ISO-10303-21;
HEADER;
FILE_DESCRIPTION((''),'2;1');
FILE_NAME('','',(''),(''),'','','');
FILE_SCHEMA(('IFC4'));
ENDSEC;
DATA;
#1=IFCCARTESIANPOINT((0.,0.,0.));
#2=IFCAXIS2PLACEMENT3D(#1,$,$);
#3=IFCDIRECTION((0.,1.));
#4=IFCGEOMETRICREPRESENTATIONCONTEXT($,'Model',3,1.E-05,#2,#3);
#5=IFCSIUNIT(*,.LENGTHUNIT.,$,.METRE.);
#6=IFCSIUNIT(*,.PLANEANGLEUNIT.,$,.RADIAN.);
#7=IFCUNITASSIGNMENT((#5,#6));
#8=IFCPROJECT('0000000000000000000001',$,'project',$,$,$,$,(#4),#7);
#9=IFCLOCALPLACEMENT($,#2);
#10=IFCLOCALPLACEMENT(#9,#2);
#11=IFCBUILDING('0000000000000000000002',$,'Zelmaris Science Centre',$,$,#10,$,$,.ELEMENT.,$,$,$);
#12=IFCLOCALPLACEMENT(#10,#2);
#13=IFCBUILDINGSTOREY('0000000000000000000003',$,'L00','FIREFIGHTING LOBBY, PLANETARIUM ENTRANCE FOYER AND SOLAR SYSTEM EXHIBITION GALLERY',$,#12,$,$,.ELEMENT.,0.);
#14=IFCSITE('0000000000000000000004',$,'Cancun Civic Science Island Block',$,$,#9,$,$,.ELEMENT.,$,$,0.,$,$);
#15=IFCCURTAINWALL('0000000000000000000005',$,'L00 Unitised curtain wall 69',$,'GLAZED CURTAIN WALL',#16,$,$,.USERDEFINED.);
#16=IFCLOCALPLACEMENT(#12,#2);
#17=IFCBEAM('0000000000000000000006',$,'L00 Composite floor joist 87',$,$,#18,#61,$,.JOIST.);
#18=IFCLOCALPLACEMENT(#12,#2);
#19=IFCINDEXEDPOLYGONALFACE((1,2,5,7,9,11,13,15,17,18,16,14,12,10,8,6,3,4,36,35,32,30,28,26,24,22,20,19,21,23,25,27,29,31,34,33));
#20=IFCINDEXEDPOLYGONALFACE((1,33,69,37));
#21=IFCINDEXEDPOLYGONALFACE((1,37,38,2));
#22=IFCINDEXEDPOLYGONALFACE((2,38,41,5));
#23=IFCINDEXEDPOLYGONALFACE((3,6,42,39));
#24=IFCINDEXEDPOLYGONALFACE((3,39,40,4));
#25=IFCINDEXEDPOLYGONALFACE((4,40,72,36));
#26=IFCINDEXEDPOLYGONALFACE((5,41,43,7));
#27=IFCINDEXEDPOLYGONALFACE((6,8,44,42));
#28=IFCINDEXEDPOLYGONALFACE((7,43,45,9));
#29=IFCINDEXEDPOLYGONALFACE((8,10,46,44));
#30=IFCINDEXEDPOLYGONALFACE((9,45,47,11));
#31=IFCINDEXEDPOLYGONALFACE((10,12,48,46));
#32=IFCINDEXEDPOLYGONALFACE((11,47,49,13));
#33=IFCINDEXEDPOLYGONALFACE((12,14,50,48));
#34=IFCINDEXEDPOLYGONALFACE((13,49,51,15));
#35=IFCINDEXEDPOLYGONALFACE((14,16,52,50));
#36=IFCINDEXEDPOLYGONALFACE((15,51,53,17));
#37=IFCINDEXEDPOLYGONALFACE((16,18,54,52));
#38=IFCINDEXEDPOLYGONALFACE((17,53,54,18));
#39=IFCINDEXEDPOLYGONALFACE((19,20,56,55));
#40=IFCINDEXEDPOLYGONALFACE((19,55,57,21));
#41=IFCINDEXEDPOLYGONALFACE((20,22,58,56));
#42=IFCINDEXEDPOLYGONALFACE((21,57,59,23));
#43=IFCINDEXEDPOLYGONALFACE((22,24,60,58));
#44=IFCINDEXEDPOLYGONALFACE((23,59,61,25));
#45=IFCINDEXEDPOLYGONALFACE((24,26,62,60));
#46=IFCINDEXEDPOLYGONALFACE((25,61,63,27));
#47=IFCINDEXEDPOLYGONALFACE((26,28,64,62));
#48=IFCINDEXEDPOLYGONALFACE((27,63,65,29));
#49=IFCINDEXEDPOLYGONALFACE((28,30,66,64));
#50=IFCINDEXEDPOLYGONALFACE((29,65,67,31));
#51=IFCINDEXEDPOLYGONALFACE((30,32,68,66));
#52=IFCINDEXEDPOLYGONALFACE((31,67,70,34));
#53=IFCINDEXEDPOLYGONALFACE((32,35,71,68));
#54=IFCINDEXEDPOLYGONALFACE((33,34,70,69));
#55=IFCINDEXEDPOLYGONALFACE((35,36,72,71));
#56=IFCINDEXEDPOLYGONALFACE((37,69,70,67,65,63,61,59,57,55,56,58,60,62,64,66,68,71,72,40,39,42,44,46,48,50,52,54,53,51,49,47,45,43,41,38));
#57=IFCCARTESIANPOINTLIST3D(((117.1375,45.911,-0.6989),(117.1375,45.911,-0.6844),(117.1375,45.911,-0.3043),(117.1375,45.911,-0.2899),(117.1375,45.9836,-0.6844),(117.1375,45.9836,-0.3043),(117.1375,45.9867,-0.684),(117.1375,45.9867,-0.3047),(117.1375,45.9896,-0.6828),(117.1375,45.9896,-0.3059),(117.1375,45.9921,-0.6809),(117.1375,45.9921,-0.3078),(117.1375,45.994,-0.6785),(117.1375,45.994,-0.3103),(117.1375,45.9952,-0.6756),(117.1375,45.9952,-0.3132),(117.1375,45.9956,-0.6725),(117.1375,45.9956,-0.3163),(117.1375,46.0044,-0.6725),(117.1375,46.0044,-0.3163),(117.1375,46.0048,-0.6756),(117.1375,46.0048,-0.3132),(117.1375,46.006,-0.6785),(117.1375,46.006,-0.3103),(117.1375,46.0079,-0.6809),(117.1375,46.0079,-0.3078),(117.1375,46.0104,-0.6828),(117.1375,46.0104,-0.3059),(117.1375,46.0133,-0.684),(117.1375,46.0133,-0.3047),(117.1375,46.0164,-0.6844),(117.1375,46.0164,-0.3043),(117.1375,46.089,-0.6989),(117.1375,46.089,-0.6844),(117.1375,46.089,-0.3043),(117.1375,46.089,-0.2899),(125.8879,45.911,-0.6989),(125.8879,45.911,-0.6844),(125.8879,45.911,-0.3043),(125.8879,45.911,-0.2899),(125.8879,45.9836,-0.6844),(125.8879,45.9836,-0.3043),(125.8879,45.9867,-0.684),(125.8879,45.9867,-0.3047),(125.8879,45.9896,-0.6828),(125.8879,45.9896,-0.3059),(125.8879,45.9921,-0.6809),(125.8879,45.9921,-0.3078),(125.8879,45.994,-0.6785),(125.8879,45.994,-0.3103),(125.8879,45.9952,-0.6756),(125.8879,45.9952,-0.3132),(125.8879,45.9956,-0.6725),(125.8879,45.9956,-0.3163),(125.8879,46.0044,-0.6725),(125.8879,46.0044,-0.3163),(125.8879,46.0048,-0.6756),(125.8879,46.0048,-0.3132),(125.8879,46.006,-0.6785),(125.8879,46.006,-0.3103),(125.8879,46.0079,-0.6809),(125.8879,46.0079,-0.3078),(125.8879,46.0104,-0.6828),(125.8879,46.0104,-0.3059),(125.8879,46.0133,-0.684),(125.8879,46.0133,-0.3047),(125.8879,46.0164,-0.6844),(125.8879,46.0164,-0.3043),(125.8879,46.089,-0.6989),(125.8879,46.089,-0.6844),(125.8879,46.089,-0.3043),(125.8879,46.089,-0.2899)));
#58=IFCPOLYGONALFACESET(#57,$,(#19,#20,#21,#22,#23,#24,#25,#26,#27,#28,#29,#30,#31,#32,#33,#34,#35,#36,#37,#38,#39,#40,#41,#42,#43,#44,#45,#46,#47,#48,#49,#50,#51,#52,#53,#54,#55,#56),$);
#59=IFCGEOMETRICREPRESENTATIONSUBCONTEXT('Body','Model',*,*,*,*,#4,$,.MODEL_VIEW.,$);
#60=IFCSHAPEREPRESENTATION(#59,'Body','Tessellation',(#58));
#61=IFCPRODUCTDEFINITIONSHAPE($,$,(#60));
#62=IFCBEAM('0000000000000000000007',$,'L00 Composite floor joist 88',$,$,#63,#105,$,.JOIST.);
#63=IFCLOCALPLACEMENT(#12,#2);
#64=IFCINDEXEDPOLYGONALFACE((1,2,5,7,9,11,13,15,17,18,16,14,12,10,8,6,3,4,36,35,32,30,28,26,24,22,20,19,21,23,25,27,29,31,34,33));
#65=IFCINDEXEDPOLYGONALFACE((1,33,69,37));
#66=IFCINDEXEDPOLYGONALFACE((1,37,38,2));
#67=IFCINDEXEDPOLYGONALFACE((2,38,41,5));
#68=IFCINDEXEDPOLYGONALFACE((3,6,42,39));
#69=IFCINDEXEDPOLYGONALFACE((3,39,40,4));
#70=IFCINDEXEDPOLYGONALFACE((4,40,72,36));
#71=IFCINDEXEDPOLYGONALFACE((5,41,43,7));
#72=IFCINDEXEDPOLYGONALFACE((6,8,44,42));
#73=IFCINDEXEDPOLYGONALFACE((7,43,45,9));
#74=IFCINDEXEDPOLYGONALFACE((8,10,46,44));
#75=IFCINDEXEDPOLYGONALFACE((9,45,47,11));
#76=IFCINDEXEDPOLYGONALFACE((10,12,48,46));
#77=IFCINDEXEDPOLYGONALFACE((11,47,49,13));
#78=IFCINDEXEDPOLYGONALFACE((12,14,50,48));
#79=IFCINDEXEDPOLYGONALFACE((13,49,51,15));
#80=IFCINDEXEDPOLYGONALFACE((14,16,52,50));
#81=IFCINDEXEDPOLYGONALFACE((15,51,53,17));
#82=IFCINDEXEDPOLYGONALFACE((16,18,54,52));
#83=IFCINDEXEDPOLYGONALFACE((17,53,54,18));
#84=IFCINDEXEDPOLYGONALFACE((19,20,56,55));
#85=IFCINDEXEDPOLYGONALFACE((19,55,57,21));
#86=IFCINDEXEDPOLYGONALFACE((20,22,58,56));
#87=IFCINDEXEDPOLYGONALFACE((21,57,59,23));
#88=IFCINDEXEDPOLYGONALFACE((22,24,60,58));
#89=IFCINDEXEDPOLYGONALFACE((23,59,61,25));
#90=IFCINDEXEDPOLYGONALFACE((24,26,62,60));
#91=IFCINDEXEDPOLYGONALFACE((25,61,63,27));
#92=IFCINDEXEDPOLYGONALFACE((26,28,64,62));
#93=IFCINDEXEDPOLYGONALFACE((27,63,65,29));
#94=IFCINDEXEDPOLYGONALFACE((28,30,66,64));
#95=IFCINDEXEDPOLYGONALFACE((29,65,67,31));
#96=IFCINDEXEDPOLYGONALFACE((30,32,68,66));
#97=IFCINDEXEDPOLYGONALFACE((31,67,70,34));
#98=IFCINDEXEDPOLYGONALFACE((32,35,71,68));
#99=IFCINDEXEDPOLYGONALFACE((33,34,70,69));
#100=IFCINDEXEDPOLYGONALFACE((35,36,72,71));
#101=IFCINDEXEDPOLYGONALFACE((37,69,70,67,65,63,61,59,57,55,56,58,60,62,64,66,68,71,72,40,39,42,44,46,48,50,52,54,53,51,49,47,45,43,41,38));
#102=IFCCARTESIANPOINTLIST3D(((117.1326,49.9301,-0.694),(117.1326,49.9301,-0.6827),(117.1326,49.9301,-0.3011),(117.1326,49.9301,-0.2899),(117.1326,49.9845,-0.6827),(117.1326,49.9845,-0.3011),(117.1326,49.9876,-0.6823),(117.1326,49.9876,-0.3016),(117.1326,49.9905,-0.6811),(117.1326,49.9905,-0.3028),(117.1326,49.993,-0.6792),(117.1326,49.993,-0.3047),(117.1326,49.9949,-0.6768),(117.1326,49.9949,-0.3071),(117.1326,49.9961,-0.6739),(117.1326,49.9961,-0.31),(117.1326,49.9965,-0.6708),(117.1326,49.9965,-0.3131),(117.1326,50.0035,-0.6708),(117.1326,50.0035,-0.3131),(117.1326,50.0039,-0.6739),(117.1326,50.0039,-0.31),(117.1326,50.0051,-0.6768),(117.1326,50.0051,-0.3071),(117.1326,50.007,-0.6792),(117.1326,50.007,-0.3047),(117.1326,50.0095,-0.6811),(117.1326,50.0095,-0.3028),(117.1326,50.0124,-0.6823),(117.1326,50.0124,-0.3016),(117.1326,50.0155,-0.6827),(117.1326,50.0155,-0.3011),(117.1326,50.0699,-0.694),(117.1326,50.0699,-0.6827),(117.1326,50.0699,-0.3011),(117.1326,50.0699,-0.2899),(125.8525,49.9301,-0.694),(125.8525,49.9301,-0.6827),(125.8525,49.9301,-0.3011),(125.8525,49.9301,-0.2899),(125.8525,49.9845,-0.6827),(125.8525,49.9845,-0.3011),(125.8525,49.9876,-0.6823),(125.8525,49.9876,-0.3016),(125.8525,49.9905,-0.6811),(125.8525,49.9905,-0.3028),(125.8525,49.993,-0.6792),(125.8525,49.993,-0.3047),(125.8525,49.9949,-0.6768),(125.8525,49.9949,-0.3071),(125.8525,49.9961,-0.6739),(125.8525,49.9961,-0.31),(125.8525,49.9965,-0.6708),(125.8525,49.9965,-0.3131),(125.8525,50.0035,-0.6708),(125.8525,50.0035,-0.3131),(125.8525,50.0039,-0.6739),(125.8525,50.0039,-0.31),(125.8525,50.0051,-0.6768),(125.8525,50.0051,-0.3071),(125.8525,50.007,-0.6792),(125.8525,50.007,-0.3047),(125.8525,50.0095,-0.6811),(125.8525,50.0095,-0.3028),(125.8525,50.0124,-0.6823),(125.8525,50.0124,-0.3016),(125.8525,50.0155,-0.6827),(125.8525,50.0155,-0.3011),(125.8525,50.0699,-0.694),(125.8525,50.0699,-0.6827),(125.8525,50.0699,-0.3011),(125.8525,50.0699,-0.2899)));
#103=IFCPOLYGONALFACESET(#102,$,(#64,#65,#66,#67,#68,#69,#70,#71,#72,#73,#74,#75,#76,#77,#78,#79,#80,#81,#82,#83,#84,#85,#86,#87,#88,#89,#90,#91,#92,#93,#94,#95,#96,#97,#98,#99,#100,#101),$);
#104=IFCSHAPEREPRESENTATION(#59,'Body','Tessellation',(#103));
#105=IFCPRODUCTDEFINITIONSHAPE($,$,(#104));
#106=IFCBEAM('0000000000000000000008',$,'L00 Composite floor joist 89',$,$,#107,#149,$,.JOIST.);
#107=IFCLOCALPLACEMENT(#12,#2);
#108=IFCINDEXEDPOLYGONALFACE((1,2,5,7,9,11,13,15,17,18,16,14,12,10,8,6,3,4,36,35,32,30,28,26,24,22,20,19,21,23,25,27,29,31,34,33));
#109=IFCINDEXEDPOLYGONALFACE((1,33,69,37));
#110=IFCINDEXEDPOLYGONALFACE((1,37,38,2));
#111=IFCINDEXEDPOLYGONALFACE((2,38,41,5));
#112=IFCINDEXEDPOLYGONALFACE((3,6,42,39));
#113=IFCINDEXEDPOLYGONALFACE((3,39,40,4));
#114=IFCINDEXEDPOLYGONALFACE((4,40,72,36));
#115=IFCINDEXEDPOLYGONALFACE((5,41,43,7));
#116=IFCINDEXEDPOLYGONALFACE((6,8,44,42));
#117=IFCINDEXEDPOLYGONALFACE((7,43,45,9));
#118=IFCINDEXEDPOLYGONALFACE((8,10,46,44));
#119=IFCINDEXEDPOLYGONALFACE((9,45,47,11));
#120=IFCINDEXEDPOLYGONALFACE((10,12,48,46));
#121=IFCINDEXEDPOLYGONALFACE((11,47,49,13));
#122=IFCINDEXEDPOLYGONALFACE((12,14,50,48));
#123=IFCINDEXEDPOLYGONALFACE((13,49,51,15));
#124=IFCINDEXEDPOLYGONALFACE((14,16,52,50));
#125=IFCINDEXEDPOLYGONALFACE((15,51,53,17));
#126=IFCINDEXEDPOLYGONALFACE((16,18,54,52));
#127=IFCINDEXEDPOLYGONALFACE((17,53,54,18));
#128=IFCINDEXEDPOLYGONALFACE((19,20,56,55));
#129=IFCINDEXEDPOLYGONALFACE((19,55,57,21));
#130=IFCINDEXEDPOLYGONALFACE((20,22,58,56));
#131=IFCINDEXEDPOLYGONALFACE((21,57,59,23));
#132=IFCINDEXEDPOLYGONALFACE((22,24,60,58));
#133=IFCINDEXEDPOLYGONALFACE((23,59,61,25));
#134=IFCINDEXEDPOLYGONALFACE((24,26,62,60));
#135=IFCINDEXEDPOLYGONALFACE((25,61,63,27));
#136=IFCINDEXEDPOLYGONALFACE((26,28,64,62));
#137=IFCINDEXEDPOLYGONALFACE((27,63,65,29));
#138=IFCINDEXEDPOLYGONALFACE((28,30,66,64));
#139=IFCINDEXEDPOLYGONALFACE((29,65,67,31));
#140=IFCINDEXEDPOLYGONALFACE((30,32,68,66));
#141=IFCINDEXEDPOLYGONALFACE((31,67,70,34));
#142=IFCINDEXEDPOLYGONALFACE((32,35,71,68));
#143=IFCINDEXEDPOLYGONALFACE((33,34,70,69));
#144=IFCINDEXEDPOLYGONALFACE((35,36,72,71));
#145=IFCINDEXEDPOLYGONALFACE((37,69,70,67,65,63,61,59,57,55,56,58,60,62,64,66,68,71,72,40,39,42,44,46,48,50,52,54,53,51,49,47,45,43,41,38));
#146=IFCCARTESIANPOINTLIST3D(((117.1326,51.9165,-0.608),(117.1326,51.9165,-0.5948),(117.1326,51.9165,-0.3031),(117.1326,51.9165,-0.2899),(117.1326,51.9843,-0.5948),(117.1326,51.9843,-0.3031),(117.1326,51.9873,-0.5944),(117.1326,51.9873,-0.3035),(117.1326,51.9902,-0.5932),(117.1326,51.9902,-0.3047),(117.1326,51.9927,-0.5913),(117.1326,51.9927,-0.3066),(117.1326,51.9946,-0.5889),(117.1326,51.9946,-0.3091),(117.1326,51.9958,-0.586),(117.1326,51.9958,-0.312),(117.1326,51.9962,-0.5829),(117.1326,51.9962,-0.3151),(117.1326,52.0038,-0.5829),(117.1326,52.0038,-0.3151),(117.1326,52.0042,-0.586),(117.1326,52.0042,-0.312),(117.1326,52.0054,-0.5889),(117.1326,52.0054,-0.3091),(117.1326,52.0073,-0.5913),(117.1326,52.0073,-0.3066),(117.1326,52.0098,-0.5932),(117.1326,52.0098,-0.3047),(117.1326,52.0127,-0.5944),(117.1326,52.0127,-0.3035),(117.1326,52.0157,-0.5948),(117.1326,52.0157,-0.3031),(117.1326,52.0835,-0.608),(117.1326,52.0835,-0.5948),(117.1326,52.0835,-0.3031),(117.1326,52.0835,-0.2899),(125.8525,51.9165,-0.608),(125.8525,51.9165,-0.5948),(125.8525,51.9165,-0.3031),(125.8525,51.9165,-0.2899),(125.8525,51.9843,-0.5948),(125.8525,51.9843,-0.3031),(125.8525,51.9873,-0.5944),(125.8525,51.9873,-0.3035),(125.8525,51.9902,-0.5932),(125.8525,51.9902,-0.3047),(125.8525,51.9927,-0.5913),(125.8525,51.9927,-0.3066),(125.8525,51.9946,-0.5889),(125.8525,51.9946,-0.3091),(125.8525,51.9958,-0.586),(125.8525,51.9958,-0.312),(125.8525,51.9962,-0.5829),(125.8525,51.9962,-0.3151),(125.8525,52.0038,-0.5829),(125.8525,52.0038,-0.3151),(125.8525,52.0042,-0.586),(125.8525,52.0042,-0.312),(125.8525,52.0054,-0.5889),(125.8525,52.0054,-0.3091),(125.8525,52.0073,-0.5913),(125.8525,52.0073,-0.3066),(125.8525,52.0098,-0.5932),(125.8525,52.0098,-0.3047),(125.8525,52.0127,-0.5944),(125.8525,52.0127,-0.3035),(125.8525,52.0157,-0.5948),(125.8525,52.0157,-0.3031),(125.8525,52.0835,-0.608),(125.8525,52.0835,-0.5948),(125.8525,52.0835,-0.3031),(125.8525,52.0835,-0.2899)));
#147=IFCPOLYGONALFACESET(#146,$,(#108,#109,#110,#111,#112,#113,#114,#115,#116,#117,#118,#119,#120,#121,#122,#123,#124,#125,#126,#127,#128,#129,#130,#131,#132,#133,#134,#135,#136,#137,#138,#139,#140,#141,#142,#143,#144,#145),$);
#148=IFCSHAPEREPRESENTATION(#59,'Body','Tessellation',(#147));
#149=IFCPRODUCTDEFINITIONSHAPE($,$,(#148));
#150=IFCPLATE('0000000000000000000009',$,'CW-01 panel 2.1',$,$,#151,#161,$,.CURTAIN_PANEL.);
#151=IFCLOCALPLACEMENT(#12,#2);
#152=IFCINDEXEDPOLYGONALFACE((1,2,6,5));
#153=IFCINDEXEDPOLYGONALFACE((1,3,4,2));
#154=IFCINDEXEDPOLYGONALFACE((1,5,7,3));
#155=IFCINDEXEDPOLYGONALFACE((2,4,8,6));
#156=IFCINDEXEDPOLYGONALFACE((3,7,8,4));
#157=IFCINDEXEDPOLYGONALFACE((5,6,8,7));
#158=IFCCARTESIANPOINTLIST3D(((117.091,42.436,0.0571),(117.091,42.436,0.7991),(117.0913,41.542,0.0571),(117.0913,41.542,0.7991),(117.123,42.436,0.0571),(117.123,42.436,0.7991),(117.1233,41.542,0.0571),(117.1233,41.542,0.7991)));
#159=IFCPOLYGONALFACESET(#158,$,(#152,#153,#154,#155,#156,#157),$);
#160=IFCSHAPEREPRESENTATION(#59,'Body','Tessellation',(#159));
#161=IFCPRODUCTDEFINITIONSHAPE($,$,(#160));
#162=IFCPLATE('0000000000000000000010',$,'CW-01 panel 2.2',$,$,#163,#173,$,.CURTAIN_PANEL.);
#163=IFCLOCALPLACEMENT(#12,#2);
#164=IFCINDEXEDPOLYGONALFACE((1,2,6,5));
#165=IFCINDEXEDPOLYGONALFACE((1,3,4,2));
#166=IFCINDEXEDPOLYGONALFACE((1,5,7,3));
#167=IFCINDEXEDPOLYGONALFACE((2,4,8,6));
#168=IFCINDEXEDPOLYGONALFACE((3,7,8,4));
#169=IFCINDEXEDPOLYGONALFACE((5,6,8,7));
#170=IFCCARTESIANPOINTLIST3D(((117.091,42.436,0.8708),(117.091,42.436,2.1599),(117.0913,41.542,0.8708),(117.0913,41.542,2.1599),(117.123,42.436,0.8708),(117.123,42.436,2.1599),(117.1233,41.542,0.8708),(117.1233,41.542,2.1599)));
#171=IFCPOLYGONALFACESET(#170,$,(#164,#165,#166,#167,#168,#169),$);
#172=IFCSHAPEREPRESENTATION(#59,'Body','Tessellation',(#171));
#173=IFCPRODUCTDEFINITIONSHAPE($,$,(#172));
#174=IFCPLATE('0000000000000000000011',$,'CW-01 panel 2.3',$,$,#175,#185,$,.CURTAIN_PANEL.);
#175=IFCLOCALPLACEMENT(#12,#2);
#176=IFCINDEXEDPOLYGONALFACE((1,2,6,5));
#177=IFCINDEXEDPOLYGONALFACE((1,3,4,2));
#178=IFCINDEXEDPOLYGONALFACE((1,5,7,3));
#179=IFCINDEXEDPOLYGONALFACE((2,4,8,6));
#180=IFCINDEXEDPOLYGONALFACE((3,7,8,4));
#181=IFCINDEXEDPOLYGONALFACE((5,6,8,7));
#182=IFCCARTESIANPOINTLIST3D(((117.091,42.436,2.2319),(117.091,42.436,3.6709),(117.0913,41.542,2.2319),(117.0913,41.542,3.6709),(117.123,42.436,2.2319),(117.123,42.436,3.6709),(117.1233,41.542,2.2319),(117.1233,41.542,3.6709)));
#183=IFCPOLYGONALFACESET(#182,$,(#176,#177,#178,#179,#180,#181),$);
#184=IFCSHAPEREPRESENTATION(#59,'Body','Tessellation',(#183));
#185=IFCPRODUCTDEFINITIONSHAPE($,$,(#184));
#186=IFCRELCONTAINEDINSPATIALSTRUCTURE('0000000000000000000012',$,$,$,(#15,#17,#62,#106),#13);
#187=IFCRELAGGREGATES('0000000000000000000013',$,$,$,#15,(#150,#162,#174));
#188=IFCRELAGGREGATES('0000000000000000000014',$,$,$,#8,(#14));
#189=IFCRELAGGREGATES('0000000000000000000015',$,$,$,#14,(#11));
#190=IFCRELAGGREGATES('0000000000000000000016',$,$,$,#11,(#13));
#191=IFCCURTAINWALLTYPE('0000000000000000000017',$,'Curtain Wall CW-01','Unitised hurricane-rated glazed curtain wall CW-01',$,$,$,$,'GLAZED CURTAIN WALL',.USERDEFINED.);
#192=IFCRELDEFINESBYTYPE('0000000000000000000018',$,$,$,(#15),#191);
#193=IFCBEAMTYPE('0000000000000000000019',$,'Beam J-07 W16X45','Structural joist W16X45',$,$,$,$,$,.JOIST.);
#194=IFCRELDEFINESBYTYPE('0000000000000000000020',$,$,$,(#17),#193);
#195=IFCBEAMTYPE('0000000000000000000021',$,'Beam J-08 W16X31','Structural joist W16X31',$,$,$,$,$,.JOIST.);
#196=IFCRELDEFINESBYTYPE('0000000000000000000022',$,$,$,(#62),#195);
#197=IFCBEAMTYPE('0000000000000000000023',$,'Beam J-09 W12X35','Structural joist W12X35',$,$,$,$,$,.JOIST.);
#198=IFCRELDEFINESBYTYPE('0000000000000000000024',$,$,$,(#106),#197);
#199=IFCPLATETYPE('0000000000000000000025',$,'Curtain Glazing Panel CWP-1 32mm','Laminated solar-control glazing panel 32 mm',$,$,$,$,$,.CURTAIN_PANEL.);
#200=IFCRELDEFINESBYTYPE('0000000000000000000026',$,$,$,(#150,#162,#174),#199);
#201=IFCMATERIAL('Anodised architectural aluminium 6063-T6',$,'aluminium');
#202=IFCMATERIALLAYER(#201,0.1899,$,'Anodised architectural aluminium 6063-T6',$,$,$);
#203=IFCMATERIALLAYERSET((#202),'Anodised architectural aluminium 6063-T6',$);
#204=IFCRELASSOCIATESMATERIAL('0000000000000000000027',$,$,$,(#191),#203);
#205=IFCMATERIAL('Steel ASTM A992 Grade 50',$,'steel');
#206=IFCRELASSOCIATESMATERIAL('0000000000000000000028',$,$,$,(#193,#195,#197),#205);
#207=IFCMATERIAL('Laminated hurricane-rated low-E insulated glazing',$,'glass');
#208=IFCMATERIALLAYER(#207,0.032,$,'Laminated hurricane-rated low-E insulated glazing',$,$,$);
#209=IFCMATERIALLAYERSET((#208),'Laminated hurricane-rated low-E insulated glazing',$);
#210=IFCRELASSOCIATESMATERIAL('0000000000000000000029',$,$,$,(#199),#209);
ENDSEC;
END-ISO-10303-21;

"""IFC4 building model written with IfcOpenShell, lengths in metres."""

from ifc_helpers import new_model, si_unit, direction, frame, origin, origin_2d, place, context, subcontext, project, spatial, rectangle, i_section, extrude, material, layer, layer_set, material_profile, profile_set, type_object, element, aggregate, save


model = new_model("IFC4")

# Units and contexts
model_context = context("Model", 3, precision=1e-05, world=origin(), true_north=direction((0.0, 1.0)))
body_context = subcontext(model_context, "Body", "Model", "MODEL_VIEW")
ifc_project = project(units=[si_unit("LENGTHUNIT", "METRE"), si_unit("PLANEANGLEUNIT", "RADIAN")], contexts=[model_context])

# Site, building, storey
site_placement = place(None, origin())
site = spatial("IfcSite", under=ifc_project, at=site_placement, Name="Cancun Civic Science Island Block", CompositionType="ELEMENT", RefElevation=0.0)
building_placement = place(site_placement, origin())
building = spatial("IfcBuilding", under=site, at=building_placement, Name="Zelmaris Science Centre", CompositionType="ELEMENT")
storey_placement = place(building_placement, origin())
storey = spatial("IfcBuildingStorey", under=building, at=storey_placement, Name="L00", Description="FIREFIGHTING LOBBY, PLANETARIUM ENTRANCE FOYER AND SOLAR SYSTEM EXHIBITION GALLERY", CompositionType="ELEMENT", Elevation=0.0)

# Shared definitions
ifc_material_1 = material(Name="Steel ASTM A992 Grade 50", Category="steel")

# Curtain wall
ifc_material_2 = material(Name="Anodised architectural aluminium 6063-T6", Category="aluminium")
ifc_layer_1 = layer(ifc_material_2, 0.1899, Name="Anodised architectural aluminium 6063-T6")
ifc_layer_set_1 = layer_set([ifc_layer_1], Name="Anodised architectural aluminium 6063-T6")
curtain_wall_type_1 = type_object("IfcCurtainWallType", Name="Curtain Wall CW-01", Description="Unitised hurricane-rated glazed curtain wall CW-01", ElementType="GLAZED CURTAIN WALL", PredefinedType="USERDEFINED", material=ifc_layer_set_1)
curtain_wall_1_placement = place(storey_placement, origin())
curtain_wall_1 = element("IfcCurtainWall", 1, at=curtain_wall_1_placement, inside=storey, type_object=curtain_wall_type_1, Name="L00 Unitised curtain wall 69", ObjectType="GLAZED CURTAIN WALL", PredefinedType="USERDEFINED")

# Beams
ifc_material_profile_1 = material_profile(ifc_material_1, i_section(OverallWidth=0.178, OverallDepth=0.4089, WebThickness=0.0088, FlangeThickness=0.0144, FilletRadius=0.012, at=origin_2d()), Name="W16X45")
ifc_profile_set_1 = profile_set([ifc_material_profile_1], Name="Steel ASTM A992 Grade 50")
beam_type_1 = type_object("IfcBeamType", Name="Beam J-07 W16X45", Description="Structural joist W16X45", PredefinedType="JOIST", material=ifc_profile_set_1)
beam_1_placement = place(storey_placement, frame((117.1375, 46.0, -0.4944), z_axis=(1.0, 0.0, 0.0), x_axis=(0.0, 1.0, 0.0)))
element("IfcBeam", 2, at=beam_1_placement, inside=storey, type_object=beam_type_1, Name="L00 Composite floor joist 87", PredefinedType="JOIST", context=body_context, shape_type="SweptSolid", body=[
    extrude(i_section(OverallWidth=0.178, OverallDepth=0.4089, WebThickness=0.0088, FlangeThickness=0.0144, FilletRadius=0.012, at=origin_2d()), origin(), (0.0, 0.0, 1.0), 8.7505),
])
ifc_material_profile_2 = material_profile(ifc_material_1, i_section(OverallWidth=0.1399, OverallDepth=0.4041, WebThickness=0.0071, FlangeThickness=0.0112, FilletRadius=0.012, at=origin_2d()), Name="W16X31")
ifc_profile_set_2 = profile_set([ifc_material_profile_2], Name="Steel ASTM A992 Grade 50")
beam_type_2 = type_object("IfcBeamType", Name="Beam J-08 W16X31", Description="Structural joist W16X31", PredefinedType="JOIST", material=ifc_profile_set_2)
beam_2_placement = place(storey_placement, frame((117.1326, 50.0, -0.4919), z_axis=(1.0, 0.0, 0.0), x_axis=(0.0, 1.0, 0.0)))
element("IfcBeam", 3, at=beam_2_placement, inside=storey, type_object=beam_type_2, Name="L00 Composite floor joist 88", PredefinedType="JOIST", context=body_context, shape_type="SweptSolid", body=[
    extrude(i_section(OverallWidth=0.1399, OverallDepth=0.4041, WebThickness=0.0071, FlangeThickness=0.0112, FilletRadius=0.012, at=origin_2d()), origin(), (0.0, 0.0, 1.0), 8.72),
])
ifc_material_profile_3 = material_profile(ifc_material_1, i_section(OverallWidth=0.167, OverallDepth=0.3181, WebThickness=0.0076, FlangeThickness=0.0132, FilletRadius=0.012, at=origin_2d()), Name="W12X35")
ifc_profile_set_3 = profile_set([ifc_material_profile_3], Name="Steel ASTM A992 Grade 50")
beam_type_3 = type_object("IfcBeamType", Name="Beam J-09 W12X35", Description="Structural joist W12X35", PredefinedType="JOIST", material=ifc_profile_set_3)
beam_3_placement = place(storey_placement, frame((117.1326, 52.0, -0.449), z_axis=(1.0, 0.0, 0.0), x_axis=(0.0, 1.0, 0.0)))
element("IfcBeam", 4, at=beam_3_placement, inside=storey, type_object=beam_type_3, Name="L00 Composite floor joist 89", PredefinedType="JOIST", context=body_context, shape_type="SweptSolid", body=[
    extrude(i_section(OverallWidth=0.167, OverallDepth=0.3181, WebThickness=0.0076, FlangeThickness=0.0132, FilletRadius=0.012, at=origin_2d()), origin(), (0.0, 0.0, 1.0), 8.72),
])

# Plates
ifc_material_3 = material(Name="Laminated hurricane-rated low-E insulated glazing", Category="glass")
ifc_layer_2 = layer(ifc_material_3, 0.032, Name="Laminated hurricane-rated low-E insulated glazing")
ifc_layer_set_2 = layer_set([ifc_layer_2], Name="Laminated hurricane-rated low-E insulated glazing")
plate_type_1 = type_object("IfcPlateType", Name="Curtain Glazing Panel CWP-1 32mm", Description="Laminated solar-control glazing panel 32 mm", PredefinedType="CURTAIN_PANEL", material=ifc_layer_set_2)
plate_1_placement = place(storey_placement, frame((117.1072, 41.989, 0.0571), z_axis=(0.0, 0.0, 1.0), x_axis=(-0.000345, 1.0, 0.0)))
plate_1 = element("IfcPlate", 5, at=plate_1_placement, type_object=plate_type_1, Name="CW-01 panel 2.1", PredefinedType="CURTAIN_PANEL", context=body_context, shape_type="SweptSolid", body=[
    extrude(rectangle(XDim=0.894, YDim=0.032, at=origin_2d()), origin(), (0.0, 0.0, 1.0), 0.7419),
])
plate_2_placement = place(storey_placement, frame((117.1072, 41.989, 0.8708), z_axis=(0.0, 0.0, 1.0), x_axis=(-0.000345, 1.0, 0.0)))
plate_2 = element("IfcPlate", 6, at=plate_2_placement, type_object=plate_type_1, Name="CW-01 panel 2.2", PredefinedType="CURTAIN_PANEL", context=body_context, shape_type="SweptSolid", body=[
    extrude(rectangle(XDim=0.894, YDim=0.032, at=origin_2d()), origin(), (0.0, 0.0, 1.0), 1.2891),
])
plate_3_placement = place(storey_placement, frame((117.1072, 41.989, 2.2319), z_axis=(0.0, 0.0, 1.0), x_axis=(-0.000345, 1.0, 0.0)))
plate_3 = element("IfcPlate", 7, at=plate_3_placement, type_object=plate_type_1, Name="CW-01 panel 2.3", PredefinedType="CURTAIN_PANEL", context=body_context, shape_type="SweptSolid", body=[
    extrude(rectangle(XDim=0.894, YDim=0.032, at=origin_2d()), origin(), (0.0, 0.0, 1.0), 1.439),
])
aggregate(curtain_wall_1, [plate_1, plate_2, plate_3])

save(model, "model.ifc")
